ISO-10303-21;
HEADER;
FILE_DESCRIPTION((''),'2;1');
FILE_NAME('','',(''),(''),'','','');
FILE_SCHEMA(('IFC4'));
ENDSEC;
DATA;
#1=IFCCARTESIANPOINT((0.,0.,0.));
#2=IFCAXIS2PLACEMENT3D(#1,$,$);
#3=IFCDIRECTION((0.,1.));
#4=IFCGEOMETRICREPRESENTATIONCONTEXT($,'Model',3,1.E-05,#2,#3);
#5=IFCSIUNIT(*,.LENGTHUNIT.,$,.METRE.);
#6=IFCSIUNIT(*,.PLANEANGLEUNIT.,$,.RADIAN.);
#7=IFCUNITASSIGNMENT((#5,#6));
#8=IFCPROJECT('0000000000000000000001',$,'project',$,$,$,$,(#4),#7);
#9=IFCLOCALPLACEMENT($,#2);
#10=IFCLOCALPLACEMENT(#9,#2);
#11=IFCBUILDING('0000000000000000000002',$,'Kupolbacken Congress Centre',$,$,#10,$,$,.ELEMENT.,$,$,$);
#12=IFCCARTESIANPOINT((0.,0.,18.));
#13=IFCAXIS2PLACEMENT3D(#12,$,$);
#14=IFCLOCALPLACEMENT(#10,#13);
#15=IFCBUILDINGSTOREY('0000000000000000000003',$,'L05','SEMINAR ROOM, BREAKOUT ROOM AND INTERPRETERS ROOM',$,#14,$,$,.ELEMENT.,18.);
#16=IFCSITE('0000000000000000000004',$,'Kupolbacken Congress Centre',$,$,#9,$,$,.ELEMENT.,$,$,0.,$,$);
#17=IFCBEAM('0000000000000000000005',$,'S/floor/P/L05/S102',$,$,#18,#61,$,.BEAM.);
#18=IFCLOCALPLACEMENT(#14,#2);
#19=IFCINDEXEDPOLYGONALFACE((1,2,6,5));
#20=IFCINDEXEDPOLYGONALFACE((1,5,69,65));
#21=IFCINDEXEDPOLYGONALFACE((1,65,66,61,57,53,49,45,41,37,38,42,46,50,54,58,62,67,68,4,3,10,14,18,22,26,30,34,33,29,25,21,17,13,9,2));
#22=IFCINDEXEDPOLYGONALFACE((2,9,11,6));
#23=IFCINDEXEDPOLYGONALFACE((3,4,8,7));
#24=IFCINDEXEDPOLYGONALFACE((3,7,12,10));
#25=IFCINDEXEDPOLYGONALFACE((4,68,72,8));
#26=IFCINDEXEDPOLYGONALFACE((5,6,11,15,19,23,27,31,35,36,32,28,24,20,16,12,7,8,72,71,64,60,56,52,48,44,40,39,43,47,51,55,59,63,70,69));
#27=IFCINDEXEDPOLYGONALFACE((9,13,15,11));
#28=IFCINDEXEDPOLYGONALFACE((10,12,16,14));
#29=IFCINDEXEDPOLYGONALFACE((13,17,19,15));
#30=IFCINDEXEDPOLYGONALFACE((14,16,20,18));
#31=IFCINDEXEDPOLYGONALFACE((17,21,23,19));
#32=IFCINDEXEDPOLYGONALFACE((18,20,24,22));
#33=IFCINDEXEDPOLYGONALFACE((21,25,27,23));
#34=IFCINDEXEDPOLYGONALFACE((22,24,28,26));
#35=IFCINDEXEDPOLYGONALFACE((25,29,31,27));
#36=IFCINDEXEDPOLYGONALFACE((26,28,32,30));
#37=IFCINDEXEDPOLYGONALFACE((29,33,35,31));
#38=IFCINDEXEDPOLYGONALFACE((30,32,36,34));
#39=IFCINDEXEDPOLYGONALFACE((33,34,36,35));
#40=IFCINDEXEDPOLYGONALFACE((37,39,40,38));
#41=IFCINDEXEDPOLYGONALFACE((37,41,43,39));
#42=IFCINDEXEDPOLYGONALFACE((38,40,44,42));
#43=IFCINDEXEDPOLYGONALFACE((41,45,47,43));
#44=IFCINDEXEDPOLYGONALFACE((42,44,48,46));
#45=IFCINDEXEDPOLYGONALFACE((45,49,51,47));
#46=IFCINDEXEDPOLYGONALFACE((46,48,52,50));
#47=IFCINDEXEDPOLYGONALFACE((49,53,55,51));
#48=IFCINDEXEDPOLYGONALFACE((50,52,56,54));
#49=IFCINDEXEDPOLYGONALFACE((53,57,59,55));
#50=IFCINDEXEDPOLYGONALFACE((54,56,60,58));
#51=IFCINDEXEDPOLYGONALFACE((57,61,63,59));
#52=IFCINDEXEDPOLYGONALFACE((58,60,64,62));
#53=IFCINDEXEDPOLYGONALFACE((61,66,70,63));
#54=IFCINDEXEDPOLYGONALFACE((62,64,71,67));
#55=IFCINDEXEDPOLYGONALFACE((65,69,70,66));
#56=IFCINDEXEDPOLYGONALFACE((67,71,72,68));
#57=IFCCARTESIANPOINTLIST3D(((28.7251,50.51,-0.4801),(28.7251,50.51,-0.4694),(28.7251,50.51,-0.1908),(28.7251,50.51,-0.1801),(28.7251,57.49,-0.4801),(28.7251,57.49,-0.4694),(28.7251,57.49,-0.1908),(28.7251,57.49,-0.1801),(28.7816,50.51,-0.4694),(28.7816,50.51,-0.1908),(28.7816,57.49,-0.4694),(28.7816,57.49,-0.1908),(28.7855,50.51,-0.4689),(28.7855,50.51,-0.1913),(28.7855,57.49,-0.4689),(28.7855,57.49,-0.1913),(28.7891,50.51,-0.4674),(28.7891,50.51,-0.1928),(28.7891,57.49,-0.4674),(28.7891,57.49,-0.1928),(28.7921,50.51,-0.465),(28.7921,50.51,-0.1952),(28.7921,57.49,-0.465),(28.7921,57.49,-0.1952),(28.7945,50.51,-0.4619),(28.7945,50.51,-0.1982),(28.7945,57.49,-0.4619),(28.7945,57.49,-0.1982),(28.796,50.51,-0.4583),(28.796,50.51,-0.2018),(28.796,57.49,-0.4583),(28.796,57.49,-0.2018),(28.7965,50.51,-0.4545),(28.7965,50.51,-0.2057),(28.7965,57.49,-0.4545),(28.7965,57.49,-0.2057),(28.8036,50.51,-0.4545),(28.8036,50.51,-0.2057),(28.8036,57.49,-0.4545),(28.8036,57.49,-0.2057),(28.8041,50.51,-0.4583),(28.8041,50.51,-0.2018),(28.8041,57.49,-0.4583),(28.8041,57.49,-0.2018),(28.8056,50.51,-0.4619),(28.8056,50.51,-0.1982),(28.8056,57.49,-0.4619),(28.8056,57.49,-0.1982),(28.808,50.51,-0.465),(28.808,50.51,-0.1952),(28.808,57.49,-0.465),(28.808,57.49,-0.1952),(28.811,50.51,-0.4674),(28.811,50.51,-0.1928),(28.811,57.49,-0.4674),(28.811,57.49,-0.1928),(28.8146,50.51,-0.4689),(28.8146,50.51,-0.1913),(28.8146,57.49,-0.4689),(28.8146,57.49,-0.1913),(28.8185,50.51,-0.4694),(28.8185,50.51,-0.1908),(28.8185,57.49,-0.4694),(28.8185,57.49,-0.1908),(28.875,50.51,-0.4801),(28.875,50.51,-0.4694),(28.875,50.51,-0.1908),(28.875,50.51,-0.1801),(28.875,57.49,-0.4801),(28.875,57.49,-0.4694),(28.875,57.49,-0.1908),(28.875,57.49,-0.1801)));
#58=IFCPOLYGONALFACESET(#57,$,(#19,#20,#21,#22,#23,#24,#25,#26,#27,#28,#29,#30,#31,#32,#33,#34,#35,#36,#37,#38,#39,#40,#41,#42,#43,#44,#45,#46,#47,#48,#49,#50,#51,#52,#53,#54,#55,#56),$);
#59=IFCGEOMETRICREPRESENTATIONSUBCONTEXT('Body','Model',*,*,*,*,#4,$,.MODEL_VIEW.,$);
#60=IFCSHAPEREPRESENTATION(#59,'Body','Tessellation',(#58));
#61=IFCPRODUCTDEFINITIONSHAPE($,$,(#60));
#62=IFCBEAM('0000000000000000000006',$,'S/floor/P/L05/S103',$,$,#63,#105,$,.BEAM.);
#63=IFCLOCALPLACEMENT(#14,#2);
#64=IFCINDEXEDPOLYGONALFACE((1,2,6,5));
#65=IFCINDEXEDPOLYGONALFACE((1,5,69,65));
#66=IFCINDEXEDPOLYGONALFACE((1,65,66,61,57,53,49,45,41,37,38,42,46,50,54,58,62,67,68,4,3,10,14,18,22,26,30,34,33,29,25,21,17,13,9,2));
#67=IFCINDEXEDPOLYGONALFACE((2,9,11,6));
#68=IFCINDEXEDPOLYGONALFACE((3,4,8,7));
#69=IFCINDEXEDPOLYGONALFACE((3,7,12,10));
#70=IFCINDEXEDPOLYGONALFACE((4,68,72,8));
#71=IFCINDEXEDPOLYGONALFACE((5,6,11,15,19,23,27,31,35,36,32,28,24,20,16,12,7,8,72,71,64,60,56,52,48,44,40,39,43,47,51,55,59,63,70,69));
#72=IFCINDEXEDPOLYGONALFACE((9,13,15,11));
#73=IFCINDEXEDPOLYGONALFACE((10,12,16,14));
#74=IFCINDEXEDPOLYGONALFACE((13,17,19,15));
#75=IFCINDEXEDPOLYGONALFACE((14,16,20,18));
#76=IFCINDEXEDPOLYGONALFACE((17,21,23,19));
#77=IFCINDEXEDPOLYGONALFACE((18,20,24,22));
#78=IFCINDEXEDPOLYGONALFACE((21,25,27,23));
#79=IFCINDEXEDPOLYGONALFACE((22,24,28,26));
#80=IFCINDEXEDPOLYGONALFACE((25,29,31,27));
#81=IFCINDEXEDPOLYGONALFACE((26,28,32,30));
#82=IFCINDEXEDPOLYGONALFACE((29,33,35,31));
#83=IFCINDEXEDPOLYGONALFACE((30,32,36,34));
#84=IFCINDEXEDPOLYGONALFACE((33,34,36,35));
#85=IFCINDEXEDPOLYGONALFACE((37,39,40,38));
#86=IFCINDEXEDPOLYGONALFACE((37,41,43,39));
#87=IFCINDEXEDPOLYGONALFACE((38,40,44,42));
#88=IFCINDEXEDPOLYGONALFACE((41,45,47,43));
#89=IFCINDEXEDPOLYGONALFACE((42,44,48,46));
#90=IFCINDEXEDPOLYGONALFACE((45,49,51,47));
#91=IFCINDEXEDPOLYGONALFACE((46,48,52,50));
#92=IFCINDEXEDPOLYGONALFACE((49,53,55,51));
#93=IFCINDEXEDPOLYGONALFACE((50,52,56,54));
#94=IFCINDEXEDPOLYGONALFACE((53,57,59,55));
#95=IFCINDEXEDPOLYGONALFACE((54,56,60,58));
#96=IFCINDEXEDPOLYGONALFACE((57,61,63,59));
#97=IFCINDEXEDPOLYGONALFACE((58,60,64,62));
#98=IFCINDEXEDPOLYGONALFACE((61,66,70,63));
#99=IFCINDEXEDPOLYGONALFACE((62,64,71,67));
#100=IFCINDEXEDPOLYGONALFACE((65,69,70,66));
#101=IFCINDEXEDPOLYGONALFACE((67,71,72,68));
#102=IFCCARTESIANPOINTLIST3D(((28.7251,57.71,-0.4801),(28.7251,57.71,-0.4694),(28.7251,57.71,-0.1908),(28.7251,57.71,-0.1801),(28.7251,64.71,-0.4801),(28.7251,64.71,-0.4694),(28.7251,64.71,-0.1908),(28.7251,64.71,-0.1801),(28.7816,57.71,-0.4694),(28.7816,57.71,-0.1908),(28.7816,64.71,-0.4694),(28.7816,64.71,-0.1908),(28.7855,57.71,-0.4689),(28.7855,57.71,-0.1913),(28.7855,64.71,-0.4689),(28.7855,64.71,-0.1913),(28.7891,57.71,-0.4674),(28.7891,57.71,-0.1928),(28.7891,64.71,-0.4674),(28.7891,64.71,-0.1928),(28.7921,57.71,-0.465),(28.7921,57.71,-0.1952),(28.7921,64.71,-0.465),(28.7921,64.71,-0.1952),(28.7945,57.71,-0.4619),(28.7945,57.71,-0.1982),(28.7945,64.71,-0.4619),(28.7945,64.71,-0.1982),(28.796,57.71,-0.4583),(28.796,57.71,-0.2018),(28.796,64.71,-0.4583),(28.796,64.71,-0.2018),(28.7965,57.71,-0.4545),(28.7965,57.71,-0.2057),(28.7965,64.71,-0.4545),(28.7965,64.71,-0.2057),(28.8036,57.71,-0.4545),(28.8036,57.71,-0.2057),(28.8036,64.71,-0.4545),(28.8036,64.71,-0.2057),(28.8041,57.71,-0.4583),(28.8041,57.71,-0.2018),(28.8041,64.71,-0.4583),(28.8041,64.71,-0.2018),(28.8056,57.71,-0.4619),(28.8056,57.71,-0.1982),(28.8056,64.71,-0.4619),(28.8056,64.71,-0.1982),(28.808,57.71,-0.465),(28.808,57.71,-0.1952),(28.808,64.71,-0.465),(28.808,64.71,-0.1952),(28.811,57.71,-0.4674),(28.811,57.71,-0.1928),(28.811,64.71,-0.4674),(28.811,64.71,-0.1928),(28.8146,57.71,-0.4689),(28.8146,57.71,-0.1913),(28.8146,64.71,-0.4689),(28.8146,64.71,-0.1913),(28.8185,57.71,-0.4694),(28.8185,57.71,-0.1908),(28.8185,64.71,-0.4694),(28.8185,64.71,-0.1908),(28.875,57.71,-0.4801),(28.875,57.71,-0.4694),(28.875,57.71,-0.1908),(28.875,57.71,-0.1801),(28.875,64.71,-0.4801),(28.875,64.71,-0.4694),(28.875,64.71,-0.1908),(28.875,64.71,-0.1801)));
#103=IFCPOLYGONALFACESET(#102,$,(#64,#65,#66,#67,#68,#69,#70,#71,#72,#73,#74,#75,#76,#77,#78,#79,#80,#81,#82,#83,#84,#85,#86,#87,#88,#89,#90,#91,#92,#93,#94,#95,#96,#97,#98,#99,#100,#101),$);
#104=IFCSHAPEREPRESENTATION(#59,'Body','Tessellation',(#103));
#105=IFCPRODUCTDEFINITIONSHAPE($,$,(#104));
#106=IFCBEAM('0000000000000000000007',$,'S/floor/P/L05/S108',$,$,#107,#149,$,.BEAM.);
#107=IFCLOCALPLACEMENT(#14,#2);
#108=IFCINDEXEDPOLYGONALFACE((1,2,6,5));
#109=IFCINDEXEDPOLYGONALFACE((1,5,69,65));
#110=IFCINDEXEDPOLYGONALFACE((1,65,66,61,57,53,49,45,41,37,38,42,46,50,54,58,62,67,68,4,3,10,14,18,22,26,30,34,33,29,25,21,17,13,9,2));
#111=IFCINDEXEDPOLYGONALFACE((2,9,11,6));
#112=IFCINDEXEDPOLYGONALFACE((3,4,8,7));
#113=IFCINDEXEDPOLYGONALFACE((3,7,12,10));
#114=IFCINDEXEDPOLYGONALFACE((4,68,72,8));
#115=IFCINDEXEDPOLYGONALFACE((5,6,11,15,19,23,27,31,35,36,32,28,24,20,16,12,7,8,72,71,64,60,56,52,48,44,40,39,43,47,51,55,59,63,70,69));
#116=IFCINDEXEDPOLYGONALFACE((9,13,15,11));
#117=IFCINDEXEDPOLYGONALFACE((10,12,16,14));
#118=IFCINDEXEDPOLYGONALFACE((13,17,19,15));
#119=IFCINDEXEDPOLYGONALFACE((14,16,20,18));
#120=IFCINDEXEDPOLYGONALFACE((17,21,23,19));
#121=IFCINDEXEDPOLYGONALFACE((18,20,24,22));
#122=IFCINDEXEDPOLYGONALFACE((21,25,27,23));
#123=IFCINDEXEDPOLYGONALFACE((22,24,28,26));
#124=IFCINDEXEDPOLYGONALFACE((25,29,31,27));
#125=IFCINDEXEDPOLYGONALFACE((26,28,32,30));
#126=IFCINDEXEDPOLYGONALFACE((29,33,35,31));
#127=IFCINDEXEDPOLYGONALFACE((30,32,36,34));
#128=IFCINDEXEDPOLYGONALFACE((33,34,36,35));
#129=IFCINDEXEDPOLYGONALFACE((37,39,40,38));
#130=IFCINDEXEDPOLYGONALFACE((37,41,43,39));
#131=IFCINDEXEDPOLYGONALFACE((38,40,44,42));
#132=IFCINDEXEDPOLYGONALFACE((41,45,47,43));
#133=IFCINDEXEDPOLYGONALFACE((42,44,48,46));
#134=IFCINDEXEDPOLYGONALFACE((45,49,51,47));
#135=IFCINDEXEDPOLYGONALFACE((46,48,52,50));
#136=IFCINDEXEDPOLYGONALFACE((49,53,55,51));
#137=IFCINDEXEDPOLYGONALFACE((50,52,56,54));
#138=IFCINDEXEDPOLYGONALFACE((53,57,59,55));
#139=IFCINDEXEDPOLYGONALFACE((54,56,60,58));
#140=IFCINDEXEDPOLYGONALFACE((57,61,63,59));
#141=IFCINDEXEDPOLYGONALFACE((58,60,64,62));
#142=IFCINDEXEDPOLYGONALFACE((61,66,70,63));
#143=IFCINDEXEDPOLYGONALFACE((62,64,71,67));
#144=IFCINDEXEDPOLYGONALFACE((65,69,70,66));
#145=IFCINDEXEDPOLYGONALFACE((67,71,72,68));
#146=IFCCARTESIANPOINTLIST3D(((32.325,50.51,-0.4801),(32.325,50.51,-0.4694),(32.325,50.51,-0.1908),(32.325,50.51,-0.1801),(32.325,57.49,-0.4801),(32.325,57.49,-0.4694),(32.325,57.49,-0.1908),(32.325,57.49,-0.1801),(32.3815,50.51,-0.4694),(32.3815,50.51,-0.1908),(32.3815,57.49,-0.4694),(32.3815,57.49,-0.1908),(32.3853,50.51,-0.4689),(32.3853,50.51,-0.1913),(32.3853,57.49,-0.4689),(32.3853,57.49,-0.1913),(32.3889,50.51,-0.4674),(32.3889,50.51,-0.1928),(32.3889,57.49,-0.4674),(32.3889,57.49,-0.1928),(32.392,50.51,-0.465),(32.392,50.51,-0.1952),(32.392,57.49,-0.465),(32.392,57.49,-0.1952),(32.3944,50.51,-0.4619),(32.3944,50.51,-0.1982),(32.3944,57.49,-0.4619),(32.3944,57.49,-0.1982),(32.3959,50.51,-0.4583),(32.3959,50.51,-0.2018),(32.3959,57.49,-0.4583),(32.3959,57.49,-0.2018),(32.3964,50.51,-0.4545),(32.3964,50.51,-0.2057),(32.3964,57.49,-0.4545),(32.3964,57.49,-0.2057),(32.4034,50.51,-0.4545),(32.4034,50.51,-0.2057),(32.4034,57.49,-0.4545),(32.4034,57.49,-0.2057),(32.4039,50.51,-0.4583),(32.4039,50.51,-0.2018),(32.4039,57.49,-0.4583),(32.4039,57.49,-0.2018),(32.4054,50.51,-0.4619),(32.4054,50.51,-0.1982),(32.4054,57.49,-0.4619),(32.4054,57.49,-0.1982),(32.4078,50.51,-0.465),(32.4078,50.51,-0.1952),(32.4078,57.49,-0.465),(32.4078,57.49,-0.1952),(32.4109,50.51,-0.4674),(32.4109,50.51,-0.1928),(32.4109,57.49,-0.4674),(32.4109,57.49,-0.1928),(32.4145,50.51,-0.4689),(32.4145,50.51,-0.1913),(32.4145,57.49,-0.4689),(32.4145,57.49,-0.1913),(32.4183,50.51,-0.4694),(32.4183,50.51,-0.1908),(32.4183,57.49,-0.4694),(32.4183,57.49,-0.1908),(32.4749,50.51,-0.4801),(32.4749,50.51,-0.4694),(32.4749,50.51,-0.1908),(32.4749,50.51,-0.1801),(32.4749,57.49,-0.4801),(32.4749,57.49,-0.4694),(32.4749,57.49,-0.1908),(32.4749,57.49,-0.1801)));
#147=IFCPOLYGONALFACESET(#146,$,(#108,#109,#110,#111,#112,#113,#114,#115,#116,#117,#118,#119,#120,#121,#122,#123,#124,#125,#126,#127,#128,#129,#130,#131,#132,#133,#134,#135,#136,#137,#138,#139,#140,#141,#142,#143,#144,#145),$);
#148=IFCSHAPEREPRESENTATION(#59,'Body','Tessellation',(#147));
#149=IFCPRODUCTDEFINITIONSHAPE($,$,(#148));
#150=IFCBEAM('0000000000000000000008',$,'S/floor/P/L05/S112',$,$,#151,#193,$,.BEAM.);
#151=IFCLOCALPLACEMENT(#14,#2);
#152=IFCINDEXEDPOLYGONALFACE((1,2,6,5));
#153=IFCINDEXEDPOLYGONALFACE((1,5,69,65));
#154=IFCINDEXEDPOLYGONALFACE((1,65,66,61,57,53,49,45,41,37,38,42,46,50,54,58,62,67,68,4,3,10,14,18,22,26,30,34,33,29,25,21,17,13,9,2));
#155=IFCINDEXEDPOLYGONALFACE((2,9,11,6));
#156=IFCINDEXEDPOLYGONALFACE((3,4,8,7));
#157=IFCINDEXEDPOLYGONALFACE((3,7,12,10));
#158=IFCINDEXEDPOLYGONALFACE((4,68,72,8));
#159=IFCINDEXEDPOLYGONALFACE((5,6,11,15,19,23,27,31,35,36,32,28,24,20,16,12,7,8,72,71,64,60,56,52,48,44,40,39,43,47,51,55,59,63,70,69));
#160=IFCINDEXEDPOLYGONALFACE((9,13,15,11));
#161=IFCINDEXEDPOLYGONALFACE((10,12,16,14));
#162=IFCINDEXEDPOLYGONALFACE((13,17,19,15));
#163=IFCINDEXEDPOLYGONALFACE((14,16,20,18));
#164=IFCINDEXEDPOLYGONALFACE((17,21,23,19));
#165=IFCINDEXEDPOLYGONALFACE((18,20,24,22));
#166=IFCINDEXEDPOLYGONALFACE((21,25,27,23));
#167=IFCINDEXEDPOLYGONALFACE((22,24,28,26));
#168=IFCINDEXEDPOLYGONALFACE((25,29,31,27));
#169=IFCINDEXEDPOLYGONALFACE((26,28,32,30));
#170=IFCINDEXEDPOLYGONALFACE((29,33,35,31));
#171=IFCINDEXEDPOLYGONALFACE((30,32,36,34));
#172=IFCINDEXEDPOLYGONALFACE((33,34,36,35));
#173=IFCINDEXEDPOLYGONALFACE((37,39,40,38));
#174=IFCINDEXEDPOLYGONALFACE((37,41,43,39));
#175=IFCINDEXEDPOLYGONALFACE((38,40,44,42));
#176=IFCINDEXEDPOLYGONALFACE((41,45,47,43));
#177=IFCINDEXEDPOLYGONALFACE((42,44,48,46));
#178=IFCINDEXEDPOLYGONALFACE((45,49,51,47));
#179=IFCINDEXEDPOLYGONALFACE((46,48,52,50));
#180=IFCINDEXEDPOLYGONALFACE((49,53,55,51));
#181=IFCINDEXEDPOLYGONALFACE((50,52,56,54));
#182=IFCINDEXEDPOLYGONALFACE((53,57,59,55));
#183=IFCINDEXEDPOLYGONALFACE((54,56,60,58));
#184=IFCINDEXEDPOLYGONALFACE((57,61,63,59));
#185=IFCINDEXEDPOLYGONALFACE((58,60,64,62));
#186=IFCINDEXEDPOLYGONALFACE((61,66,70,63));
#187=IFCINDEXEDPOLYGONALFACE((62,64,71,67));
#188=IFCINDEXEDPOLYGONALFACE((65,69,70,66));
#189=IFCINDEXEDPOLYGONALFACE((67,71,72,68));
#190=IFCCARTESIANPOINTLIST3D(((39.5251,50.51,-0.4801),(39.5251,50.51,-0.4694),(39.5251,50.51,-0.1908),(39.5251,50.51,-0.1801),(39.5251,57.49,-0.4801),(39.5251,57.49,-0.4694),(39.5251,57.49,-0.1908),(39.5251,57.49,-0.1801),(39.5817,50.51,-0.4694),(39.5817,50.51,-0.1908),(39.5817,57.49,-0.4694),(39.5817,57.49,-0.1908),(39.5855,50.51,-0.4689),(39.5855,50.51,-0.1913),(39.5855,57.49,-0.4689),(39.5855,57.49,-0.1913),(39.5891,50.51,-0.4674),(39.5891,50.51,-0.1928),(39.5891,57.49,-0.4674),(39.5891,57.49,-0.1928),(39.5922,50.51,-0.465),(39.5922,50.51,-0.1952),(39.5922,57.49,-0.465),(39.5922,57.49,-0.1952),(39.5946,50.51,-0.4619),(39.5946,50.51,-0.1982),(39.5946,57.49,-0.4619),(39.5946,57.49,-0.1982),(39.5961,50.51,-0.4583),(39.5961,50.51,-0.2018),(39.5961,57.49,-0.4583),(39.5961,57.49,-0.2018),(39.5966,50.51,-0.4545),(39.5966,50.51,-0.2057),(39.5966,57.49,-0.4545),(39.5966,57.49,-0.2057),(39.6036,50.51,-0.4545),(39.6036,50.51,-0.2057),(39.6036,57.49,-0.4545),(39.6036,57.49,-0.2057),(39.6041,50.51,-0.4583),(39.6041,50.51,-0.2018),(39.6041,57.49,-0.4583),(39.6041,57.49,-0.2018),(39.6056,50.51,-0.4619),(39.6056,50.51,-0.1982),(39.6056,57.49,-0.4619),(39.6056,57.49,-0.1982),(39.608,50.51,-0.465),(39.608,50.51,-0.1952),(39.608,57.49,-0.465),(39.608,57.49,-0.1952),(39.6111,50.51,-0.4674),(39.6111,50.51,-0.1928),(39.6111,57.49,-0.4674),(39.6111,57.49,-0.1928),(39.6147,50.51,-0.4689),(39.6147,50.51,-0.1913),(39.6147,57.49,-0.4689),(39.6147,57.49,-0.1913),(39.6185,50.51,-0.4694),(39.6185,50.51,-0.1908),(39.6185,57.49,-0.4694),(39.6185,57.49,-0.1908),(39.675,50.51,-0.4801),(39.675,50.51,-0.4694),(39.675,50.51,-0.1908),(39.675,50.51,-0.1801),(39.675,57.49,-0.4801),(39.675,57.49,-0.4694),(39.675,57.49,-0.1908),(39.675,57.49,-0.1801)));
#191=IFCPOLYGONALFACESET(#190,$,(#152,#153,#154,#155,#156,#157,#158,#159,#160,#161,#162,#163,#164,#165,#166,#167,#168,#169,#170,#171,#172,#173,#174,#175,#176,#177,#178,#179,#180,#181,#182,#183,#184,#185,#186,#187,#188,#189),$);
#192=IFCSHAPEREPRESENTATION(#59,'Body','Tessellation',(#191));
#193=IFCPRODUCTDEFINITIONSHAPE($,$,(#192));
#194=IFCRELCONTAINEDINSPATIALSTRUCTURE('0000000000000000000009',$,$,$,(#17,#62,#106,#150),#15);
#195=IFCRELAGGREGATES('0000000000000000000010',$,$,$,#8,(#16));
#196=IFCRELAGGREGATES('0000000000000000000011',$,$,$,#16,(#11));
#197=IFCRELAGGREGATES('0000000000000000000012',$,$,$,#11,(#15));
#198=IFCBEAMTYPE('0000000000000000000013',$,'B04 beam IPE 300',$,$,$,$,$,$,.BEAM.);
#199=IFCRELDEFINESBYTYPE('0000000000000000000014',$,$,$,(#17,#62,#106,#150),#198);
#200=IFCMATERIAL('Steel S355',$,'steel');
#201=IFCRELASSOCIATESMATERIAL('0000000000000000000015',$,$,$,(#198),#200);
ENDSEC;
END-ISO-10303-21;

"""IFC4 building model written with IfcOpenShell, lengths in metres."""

from ifc_helpers import new_model, si_unit, direction, frame, origin, origin_2d, place, context, subcontext, project, spatial, i_section, extrude, material, material_profile, profile_set, type_object, element, save


model = new_model("IFC4")

# Units and contexts
model_context = context("Model", 3, precision=1e-05, world=origin(), true_north=direction((0.0, 1.0)))
body_context = subcontext(model_context, "Body", "Model", "MODEL_VIEW")
ifc_project = project(units=[si_unit("LENGTHUNIT", "METRE"), si_unit("PLANEANGLEUNIT", "RADIAN")], contexts=[model_context])

# Site, building, storey
site_placement = place(None, origin())
site = spatial("IfcSite", under=ifc_project, at=site_placement, Name="Kupolbacken Congress Centre", CompositionType="ELEMENT", RefElevation=0.0)
building_placement = place(site_placement, origin())
building = spatial("IfcBuilding", under=site, at=building_placement, Name="Kupolbacken Congress Centre", CompositionType="ELEMENT")
storey_placement = place(building_placement, frame((0.0, 0.0, 18.0)))
storey = spatial("IfcBuildingStorey", under=building, at=storey_placement, Name="L05", Description="SEMINAR ROOM, BREAKOUT ROOM AND INTERPRETERS ROOM", CompositionType="ELEMENT", Elevation=18.0)

# Beams
ifc_material_1 = material(Name="Steel S355", Category="steel")
ifc_material_profile_1 = material_profile(ifc_material_1, i_section(OverallWidth=0.1499, OverallDepth=0.3, WebThickness=0.0071, FlangeThickness=0.0107, FilletRadius=0.0149, at=origin_2d()), Name="IPE 300")
ifc_profile_set_1 = profile_set([ifc_material_profile_1], Name="Steel S355")
beam_type_1 = type_object("IfcBeamType", Name="B04 beam IPE 300", PredefinedType="BEAM", material=ifc_profile_set_1)
for number, where, z_axis, x_axis, name in (
    (1, (28.8, 50.51, -0.3301), (0.0, 1.0, 0.0), (-1.0, 0.0, 0.0), "S/floor/P/L05/S102"),
):
    element("IfcBeam", number, at=place(storey_placement, frame(where, z_axis=z_axis, x_axis=x_axis)), inside=storey, type_object=beam_type_1, Name=name, PredefinedType="BEAM", context=body_context, shape_type="SweptSolid", body=[
        extrude(i_section(OverallWidth=0.1499, OverallDepth=0.3, WebThickness=0.0071, FlangeThickness=0.0107, FilletRadius=0.0149, at=origin_2d()), origin(), (0.0, 0.0, 1.0), 6.98),
    ])
beam_1_placement = place(storey_placement, frame((28.8, 57.71, -0.3301), z_axis=(0.0, 1.0, 0.0), x_axis=(-1.0, 0.0, 0.0)))
element("IfcBeam", 2, at=beam_1_placement, inside=storey, type_object=beam_type_1, Name="S/floor/P/L05/S103", PredefinedType="BEAM", context=body_context, shape_type="SweptSolid", body=[
    extrude(i_section(OverallWidth=0.1499, OverallDepth=0.3, WebThickness=0.0071, FlangeThickness=0.0107, FilletRadius=0.0149, at=origin_2d()), origin(), (0.0, 0.0, 1.0), 7.0),
])
for number, where, z_axis, x_axis, name in (
    (3, (32.3999, 50.51, -0.3301), (0.0, 1.0, 0.0), (-1.0, 0.0, 0.0), "S/floor/P/L05/S108"),
    (4, (39.6001, 50.51, -0.3301), (0.0, 1.0, 0.0), (-1.0, 0.0, 0.0), "S/floor/P/L05/S112"),
):
    element("IfcBeam", number, at=place(storey_placement, frame(where, z_axis=z_axis, x_axis=x_axis)), inside=storey, type_object=beam_type_1, Name=name, PredefinedType="BEAM", context=body_context, shape_type="SweptSolid", body=[
        extrude(i_section(OverallWidth=0.1499, OverallDepth=0.3, WebThickness=0.0071, FlangeThickness=0.0107, FilletRadius=0.0149, at=origin_2d()), origin(), (0.0, 0.0, 1.0), 6.98),
    ])

save(model, "model.ifc")
